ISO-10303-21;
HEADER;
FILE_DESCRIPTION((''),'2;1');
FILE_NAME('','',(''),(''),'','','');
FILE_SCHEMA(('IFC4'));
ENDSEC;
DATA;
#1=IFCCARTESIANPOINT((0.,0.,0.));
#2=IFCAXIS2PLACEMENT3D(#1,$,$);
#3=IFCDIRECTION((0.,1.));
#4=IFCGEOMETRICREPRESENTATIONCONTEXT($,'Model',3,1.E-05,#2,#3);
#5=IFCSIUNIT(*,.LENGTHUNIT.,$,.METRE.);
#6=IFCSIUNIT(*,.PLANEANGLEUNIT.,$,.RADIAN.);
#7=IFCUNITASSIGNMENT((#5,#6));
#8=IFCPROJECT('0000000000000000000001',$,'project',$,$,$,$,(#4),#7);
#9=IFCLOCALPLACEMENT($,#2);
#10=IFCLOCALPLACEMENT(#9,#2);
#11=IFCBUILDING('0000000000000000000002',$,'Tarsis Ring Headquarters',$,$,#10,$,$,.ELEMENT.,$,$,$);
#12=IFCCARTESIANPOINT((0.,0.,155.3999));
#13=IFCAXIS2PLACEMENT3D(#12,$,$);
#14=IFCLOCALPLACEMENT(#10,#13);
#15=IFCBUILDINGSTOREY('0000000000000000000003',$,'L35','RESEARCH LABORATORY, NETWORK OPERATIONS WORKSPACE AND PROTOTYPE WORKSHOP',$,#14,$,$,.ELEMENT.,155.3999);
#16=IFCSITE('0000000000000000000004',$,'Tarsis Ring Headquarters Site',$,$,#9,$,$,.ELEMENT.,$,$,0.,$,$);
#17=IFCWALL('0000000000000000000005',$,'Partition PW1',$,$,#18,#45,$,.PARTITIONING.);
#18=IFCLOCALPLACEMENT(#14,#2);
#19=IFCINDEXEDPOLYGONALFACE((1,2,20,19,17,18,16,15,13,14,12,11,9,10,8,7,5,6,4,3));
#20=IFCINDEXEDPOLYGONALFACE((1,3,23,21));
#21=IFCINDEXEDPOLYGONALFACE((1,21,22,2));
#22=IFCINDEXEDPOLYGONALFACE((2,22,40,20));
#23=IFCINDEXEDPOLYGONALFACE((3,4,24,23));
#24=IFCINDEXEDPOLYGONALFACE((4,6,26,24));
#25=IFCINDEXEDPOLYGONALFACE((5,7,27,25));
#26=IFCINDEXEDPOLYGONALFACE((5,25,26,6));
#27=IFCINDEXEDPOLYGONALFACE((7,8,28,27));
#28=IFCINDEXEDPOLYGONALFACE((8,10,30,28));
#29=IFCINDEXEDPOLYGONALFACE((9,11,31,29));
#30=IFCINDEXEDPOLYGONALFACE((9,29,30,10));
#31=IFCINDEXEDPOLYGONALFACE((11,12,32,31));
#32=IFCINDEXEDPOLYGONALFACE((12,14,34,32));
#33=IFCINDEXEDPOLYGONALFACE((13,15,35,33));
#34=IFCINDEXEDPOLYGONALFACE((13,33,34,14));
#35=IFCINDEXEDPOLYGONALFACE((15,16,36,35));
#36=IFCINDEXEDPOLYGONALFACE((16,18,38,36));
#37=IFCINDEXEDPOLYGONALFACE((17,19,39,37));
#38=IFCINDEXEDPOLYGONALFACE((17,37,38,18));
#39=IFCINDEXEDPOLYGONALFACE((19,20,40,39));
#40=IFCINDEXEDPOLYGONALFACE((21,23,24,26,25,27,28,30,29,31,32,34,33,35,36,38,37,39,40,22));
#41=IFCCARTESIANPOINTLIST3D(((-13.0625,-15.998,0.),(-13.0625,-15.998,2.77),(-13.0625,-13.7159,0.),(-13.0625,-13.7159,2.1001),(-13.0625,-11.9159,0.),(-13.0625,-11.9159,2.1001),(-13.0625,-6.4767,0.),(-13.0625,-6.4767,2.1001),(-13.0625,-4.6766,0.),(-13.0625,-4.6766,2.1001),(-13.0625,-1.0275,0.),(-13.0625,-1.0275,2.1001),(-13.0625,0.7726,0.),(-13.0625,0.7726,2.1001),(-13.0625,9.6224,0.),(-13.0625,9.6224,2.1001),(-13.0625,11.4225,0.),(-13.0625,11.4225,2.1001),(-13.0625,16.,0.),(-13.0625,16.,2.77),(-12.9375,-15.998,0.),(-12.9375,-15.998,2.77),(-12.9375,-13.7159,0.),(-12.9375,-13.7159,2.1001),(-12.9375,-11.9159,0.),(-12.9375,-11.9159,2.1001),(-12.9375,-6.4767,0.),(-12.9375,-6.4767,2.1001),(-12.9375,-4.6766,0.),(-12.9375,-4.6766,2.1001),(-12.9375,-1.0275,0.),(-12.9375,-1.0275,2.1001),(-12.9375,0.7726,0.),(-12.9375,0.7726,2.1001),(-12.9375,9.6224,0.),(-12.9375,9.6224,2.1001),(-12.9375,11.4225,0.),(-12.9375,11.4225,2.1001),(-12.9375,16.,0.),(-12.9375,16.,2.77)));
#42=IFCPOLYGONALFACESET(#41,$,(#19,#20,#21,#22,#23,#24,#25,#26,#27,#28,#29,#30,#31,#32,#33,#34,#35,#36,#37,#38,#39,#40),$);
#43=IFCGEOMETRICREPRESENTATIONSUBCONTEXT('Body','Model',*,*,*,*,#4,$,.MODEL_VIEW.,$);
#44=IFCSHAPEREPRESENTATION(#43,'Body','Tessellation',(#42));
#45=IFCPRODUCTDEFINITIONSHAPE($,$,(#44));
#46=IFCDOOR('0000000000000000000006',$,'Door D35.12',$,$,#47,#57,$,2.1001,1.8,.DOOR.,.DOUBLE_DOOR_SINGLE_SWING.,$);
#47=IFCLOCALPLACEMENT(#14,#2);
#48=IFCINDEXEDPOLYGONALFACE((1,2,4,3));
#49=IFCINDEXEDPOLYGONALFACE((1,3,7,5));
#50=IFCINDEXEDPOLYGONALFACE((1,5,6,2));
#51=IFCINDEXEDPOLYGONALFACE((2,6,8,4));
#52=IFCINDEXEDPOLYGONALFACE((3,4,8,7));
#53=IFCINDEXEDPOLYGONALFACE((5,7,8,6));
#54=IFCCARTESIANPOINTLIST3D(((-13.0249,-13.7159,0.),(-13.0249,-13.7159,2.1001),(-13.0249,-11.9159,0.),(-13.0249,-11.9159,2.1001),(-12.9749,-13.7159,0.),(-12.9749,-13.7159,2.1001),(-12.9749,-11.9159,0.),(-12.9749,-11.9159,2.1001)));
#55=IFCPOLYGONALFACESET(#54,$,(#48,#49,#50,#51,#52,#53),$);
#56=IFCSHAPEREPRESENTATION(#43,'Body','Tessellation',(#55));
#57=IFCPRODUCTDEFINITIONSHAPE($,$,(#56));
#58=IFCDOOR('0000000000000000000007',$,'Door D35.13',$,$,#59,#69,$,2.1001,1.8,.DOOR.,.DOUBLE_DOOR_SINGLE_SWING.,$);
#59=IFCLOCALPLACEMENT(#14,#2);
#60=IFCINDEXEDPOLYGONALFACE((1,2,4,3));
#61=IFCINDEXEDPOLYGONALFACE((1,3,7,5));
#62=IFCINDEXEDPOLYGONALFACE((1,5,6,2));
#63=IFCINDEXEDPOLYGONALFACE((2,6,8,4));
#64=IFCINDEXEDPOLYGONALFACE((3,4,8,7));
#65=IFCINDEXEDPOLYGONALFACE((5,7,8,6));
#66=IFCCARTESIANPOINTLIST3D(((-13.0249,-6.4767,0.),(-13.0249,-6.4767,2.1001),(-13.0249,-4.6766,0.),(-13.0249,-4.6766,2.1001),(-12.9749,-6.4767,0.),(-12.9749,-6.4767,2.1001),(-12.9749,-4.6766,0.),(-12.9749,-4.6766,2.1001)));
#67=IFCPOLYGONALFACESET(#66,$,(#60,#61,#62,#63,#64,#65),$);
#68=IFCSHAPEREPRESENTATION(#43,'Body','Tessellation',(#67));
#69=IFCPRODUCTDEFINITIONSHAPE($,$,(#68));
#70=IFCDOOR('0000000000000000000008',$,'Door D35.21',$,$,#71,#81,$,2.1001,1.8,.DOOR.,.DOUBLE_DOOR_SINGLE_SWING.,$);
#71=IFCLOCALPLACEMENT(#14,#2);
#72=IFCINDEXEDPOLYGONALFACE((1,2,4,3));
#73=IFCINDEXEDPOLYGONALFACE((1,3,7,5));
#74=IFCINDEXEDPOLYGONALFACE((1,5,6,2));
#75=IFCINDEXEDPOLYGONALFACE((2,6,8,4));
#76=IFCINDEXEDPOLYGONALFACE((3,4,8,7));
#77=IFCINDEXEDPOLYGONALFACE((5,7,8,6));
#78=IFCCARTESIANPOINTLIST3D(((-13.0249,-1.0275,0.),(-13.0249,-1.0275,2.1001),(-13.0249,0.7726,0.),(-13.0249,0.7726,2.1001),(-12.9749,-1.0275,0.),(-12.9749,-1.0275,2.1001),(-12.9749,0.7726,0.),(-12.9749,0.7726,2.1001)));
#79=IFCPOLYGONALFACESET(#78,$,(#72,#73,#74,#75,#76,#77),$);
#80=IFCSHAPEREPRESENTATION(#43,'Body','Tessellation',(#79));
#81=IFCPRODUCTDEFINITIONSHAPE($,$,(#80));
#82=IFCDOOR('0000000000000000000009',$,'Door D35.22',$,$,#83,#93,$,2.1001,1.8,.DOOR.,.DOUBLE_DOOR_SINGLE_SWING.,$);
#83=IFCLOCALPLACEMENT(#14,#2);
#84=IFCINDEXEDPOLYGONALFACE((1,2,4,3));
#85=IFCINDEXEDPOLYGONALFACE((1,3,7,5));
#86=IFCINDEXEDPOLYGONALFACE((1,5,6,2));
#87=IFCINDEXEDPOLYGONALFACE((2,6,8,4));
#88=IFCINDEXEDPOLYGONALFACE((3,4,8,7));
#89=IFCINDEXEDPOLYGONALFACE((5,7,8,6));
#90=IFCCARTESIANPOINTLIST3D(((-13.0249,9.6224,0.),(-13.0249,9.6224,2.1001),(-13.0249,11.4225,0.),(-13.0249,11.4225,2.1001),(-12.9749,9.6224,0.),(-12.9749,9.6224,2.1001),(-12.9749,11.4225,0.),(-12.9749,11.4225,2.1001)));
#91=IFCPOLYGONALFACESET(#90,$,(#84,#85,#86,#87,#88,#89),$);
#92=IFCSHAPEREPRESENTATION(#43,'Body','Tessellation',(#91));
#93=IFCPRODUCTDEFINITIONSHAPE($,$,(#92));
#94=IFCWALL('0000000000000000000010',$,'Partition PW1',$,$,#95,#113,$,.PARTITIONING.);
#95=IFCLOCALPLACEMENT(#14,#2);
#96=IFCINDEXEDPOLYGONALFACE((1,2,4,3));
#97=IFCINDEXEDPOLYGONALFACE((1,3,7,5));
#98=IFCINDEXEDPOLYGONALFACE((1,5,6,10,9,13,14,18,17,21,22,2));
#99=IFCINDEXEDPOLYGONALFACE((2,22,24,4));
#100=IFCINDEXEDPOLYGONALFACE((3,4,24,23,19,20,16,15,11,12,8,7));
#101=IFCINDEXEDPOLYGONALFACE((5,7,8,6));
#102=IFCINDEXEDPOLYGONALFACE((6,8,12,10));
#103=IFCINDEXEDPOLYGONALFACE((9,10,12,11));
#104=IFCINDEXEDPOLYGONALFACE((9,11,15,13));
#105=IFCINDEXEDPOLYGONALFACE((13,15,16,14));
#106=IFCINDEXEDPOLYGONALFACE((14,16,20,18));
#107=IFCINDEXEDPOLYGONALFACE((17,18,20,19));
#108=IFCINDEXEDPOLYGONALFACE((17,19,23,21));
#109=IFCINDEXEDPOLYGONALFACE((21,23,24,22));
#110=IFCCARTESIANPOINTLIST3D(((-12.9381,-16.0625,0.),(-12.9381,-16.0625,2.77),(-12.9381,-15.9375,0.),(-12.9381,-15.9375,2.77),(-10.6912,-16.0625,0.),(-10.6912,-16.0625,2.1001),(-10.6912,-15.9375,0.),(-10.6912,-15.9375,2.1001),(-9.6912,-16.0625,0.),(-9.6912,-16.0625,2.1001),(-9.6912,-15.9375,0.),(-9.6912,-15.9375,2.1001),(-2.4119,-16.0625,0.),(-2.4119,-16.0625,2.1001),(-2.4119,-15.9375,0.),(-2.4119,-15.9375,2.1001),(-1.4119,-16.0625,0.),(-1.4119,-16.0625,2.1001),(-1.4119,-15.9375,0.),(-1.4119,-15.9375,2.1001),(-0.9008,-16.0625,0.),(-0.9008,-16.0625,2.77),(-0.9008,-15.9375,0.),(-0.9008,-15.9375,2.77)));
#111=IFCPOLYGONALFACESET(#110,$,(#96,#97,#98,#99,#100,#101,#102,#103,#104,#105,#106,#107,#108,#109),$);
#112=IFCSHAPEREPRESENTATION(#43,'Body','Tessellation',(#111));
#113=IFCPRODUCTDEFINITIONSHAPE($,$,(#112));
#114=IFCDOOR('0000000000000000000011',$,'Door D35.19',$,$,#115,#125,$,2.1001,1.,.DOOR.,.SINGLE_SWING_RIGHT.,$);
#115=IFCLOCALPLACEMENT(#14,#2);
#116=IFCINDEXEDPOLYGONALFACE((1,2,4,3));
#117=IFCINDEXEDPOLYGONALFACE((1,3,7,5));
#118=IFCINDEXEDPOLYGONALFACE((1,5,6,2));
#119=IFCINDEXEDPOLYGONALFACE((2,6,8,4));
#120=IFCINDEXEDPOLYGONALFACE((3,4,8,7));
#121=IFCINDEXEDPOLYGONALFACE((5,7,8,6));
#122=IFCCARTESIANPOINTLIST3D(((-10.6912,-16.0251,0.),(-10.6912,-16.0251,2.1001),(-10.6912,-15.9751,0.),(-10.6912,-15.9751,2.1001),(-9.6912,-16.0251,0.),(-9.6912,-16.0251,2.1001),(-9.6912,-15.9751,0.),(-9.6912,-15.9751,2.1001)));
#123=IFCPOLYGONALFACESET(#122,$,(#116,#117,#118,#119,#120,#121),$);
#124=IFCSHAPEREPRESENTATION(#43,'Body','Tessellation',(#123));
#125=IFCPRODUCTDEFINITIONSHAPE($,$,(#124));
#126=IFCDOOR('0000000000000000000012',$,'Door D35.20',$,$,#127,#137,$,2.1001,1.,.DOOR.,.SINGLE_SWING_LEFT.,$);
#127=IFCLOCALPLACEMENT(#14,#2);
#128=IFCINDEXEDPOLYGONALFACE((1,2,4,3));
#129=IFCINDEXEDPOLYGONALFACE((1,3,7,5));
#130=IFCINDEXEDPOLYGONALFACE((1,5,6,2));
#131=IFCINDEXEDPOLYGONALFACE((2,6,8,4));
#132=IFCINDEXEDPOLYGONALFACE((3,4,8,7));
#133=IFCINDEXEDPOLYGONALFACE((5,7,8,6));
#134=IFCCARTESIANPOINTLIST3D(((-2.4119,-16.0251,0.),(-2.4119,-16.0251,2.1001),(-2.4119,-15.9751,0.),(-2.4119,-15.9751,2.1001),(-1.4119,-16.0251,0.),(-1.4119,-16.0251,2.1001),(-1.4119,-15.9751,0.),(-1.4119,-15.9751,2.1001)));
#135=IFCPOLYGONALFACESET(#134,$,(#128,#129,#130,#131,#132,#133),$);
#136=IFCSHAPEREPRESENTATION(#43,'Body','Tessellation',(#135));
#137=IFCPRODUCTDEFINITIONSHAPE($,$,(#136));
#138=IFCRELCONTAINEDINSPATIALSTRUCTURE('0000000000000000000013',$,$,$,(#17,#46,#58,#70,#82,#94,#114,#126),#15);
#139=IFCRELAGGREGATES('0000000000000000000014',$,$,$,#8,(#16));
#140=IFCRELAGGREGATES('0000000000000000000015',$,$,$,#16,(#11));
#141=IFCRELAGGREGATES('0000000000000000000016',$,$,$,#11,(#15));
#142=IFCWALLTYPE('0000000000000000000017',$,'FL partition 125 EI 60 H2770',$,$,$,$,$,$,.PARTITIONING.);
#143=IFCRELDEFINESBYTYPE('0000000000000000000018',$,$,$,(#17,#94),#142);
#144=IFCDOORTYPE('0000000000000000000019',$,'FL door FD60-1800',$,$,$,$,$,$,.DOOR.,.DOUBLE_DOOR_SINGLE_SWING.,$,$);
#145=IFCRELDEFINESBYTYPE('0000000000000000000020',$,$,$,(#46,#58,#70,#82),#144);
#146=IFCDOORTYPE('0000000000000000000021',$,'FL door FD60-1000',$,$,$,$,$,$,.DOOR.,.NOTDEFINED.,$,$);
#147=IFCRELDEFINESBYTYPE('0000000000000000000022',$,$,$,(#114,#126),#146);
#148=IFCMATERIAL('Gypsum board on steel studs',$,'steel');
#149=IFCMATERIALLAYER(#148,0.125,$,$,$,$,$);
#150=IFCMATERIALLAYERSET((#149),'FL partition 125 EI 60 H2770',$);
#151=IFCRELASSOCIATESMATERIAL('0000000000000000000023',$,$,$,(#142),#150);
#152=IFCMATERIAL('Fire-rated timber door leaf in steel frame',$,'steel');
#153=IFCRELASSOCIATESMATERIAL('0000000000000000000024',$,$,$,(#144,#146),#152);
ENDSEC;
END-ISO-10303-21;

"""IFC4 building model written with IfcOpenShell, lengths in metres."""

from ifc_helpers import new_model, si_unit, direction, frame, frame_2d, origin, place, context, subcontext, project, spatial, rectangle, extrude, material, layer, layer_set, type_object, element, fill, save


model = new_model("IFC4")

# Units and contexts
model_context = context("Model", 3, precision=1e-05, world=origin(), true_north=direction((0.0, 1.0)))
body_context = subcontext(model_context, "Body", "Model", "MODEL_VIEW")
ifc_project = project(units=[si_unit("LENGTHUNIT", "METRE"), si_unit("PLANEANGLEUNIT", "RADIAN")], contexts=[model_context])

# Site, building, storey
site_placement = place(None, origin())
site = spatial("IfcSite", under=ifc_project, at=site_placement, Name="Tarsis Ring Headquarters Site", CompositionType="ELEMENT", RefElevation=0.0)
building_placement = place(site_placement, origin())
building = spatial("IfcBuilding", under=site, at=building_placement, Name="Tarsis Ring Headquarters", CompositionType="ELEMENT")
storey_placement = place(building_placement, frame((0.0, 0.0, 155.3999)))
storey = spatial("IfcBuildingStorey", under=building, at=storey_placement, Name="L35", Description="RESEARCH LABORATORY, NETWORK OPERATIONS WORKSPACE AND PROTOTYPE WORKSHOP", CompositionType="ELEMENT", Elevation=155.3999)

# Shared definitions
ifc_material_1 = material(Name="Gypsum board on steel studs", Category="steel")

# Walls, openings, doors
ifc_layer_1 = layer(ifc_material_1, 0.125)
ifc_layer_set_1 = layer_set([ifc_layer_1], Name="FL partition 125 EI 60 H2770")
wall_type_1 = type_object("IfcWallType", Name="FL partition 125 EI 60 H2770", PredefinedType="PARTITIONING", material=ifc_layer_set_1)
wall_1_placement = place(storey_placement, frame((-13.0, -15.998, 0.0), z_axis=(0.0, 0.0, 1.0), x_axis=(0.0, 1.0, 0.0)))
wall_1 = element("IfcWall", 1, at=wall_1_placement, inside=storey, type_object=wall_type_1, Name="Partition PW1", PredefinedType="PARTITIONING", context=body_context, shape_type="SweptSolid", body=[
    extrude(rectangle(XDim=31.998, YDim=0.125, at=frame_2d((15.999, 0.0))), origin(), (0.0, 0.0, 1.0), 2.77),
])
opening_1_placement = place(wall_1_placement, frame((2.2822, 0.0, 0.0)))
opening_1 = element("IfcOpeningElement", 2, at=opening_1_placement, cuts=wall_1, PredefinedType="OPENING", context=body_context, shape_type="SweptSolid", body=[
    extrude(rectangle(XDim=1.8, YDim=2.1001, at=frame_2d((0.8999, 1.05))), frame((0.0, 0.0725, 0.0), z_axis=(0.0, -1.0, 0.0), x_axis=(1.0, 0.0, 0.0)), (0.0, 0.0, 1.0), 0.145),
])
opening_2_placement = place(wall_1_placement, frame((9.5215, 0.0, 0.0)))
opening_2 = element("IfcOpeningElement", 3, at=opening_2_placement, cuts=wall_1, PredefinedType="OPENING", context=body_context, shape_type="SweptSolid", body=[
    extrude(rectangle(XDim=1.8, YDim=2.1001, at=frame_2d((0.8999, 1.05))), frame((0.0, 0.0725, 0.0), z_axis=(0.0, -1.0, 0.0), x_axis=(1.0, 0.0, 0.0)), (0.0, 0.0, 1.0), 0.145),
])
opening_3_placement = place(wall_1_placement, frame((14.9707, 0.0, 0.0)))
opening_3 = element("IfcOpeningElement", 4, at=opening_3_placement, cuts=wall_1, PredefinedType="OPENING", context=body_context, shape_type="SweptSolid", body=[
    extrude(rectangle(XDim=1.8, YDim=2.1001, at=frame_2d((0.8999, 1.05))), frame((0.0, 0.0725, 0.0), z_axis=(0.0, -1.0, 0.0), x_axis=(1.0, 0.0, 0.0)), (0.0, 0.0, 1.0), 0.145),
])
opening_4_placement = place(wall_1_placement, frame((25.6206, 0.0, 0.0)))
opening_4 = element("IfcOpeningElement", 5, at=opening_4_placement, cuts=wall_1, PredefinedType="OPENING", context=body_context, shape_type="SweptSolid", body=[
    extrude(rectangle(XDim=1.8, YDim=2.1001, at=frame_2d((0.8999, 1.05))), frame((0.0, 0.0725, 0.0), z_axis=(0.0, -1.0, 0.0), x_axis=(1.0, 0.0, 0.0)), (0.0, 0.0, 1.0), 0.145),
])
ifc_material_2 = material(Name="Fire-rated timber door leaf in steel frame", Category="steel")
door_type_1 = type_object("IfcDoorType", Name="FL door FD60-1800", OperationType="DOUBLE_DOOR_SINGLE_SWING", PredefinedType="DOOR", material=ifc_material_2)
door_1_placement = place(opening_1_placement, origin())
door_1 = element("IfcDoor", 6, at=door_1_placement, inside=storey, type_object=door_type_1, Name="Door D35.12", OperationType="DOUBLE_DOOR_SINGLE_SWING", OverallHeight=2.1001, OverallWidth=1.8, PredefinedType="DOOR", context=body_context, shape_type="SweptSolid", body=[
    extrude(rectangle(XDim=1.8, YDim=2.1001, at=frame_2d((0.8999, 1.05))), frame((0.0, 0.0249, 0.0), z_axis=(0.0, -1.0, 0.0), x_axis=(1.0, 0.0, 0.0)), (0.0, 0.0, 1.0), 0.05),
])
fill(opening_1, door_1)
door_2_placement = place(opening_2_placement, origin())
door_2 = element("IfcDoor", 7, at=door_2_placement, inside=storey, type_object=door_type_1, Name="Door D35.13", OperationType="DOUBLE_DOOR_SINGLE_SWING", OverallHeight=2.1001, OverallWidth=1.8, PredefinedType="DOOR", context=body_context, shape_type="SweptSolid", body=[
    extrude(rectangle(XDim=1.8, YDim=2.1001, at=frame_2d((0.8999, 1.05))), frame((0.0, 0.0249, 0.0), z_axis=(0.0, -1.0, 0.0), x_axis=(1.0, 0.0, 0.0)), (0.0, 0.0, 1.0), 0.05),
])
fill(opening_2, door_2)
door_3_placement = place(opening_3_placement, origin())
door_3 = element("IfcDoor", 8, at=door_3_placement, inside=storey, type_object=door_type_1, Name="Door D35.21", OperationType="DOUBLE_DOOR_SINGLE_SWING", OverallHeight=2.1001, OverallWidth=1.8, PredefinedType="DOOR", context=body_context, shape_type="SweptSolid", body=[
    extrude(rectangle(XDim=1.8, YDim=2.1001, at=frame_2d((0.8999, 1.05))), frame((0.0, 0.0249, 0.0), z_axis=(0.0, -1.0, 0.0), x_axis=(1.0, 0.0, 0.0)), (0.0, 0.0, 1.0), 0.05),
])
fill(opening_3, door_3)
door_4_placement = place(opening_4_placement, origin())
door_4 = element("IfcDoor", 9, at=door_4_placement, inside=storey, type_object=door_type_1, Name="Door D35.22", OperationType="DOUBLE_DOOR_SINGLE_SWING", OverallHeight=2.1001, OverallWidth=1.8, PredefinedType="DOOR", context=body_context, shape_type="SweptSolid", body=[
    extrude(rectangle(XDim=1.8, YDim=2.1001, at=frame_2d((0.8999, 1.05))), frame((0.0, 0.0249, 0.0), z_axis=(0.0, -1.0, 0.0), x_axis=(1.0, 0.0, 0.0)), (0.0, 0.0, 1.0), 0.05),
])
fill(opening_4, door_4)
wall_2_placement = place(storey_placement, frame((-12.938, -16.0, 0.0), z_axis=(0.0, 0.0, 1.0), x_axis=(1.0, 0.0, 0.0)))
wall_2 = element("IfcWall", 10, at=wall_2_placement, inside=storey, type_object=wall_type_1, Name="Partition PW1", PredefinedType="PARTITIONING", context=body_context, shape_type="SweptSolid", body=[
    extrude(rectangle(XDim=12.0374, YDim=0.125, at=frame_2d((6.0186, 0.0))), origin(), (0.0, 0.0, 1.0), 2.77),
])
opening_5_placement = place(wall_2_placement, frame((2.2468, 0.0, 0.0)))
opening_5 = element("IfcOpeningElement", 11, at=opening_5_placement, cuts=wall_2, PredefinedType="OPENING", context=body_context, shape_type="SweptSolid", body=[
    extrude(rectangle(XDim=1.0, YDim=2.1001, at=frame_2d((0.5, 1.05))), frame((0.0, 0.0725, 0.0), z_axis=(0.0, -1.0, 0.0), x_axis=(1.0, 0.0, 0.0)), (0.0, 0.0, 1.0), 0.145),
])
opening_6_placement = place(wall_2_placement, frame((10.5261, 0.0, 0.0)))
opening_6 = element("IfcOpeningElement", 12, at=opening_6_placement, cuts=wall_2, PredefinedType="OPENING", context=body_context, shape_type="SweptSolid", body=[
    extrude(rectangle(XDim=1.0, YDim=2.1001, at=frame_2d((0.5, 1.05))), frame((0.0, 0.0725, 0.0), z_axis=(0.0, -1.0, 0.0), x_axis=(1.0, 0.0, 0.0)), (0.0, 0.0, 1.0), 0.145),
])
door_type_2 = type_object("IfcDoorType", Name="FL door FD60-1000", OperationType="NOTDEFINED", PredefinedType="DOOR", material=ifc_material_2)
door_5_placement = place(opening_5_placement, origin())
door_5 = element("IfcDoor", 13, at=door_5_placement, inside=storey, type_object=door_type_2, Name="Door D35.19", OperationType="SINGLE_SWING_RIGHT", OverallHeight=2.1001, OverallWidth=1.0, PredefinedType="DOOR", context=body_context, shape_type="SweptSolid", body=[
    extrude(rectangle(XDim=1.0, YDim=2.1001, at=frame_2d((0.5, 1.05))), frame((0.0, 0.0249, 0.0), z_axis=(0.0, -1.0, 0.0), x_axis=(1.0, 0.0, 0.0)), (0.0, 0.0, 1.0), 0.05),
])
fill(opening_5, door_5)
door_6_placement = place(opening_6_placement, origin())
door_6 = element("IfcDoor", 14, at=door_6_placement, inside=storey, type_object=door_type_2, Name="Door D35.20", OperationType="SINGLE_SWING_LEFT", OverallHeight=2.1001, OverallWidth=1.0, PredefinedType="DOOR", context=body_context, shape_type="SweptSolid", body=[
    extrude(rectangle(XDim=1.0, YDim=2.1001, at=frame_2d((0.5, 1.05))), frame((0.0, 0.0249, 0.0), z_axis=(0.0, -1.0, 0.0), x_axis=(1.0, 0.0, 0.0)), (0.0, 0.0, 1.0), 0.05),
])
fill(opening_6, door_6)

save(model, "model.ifc")
